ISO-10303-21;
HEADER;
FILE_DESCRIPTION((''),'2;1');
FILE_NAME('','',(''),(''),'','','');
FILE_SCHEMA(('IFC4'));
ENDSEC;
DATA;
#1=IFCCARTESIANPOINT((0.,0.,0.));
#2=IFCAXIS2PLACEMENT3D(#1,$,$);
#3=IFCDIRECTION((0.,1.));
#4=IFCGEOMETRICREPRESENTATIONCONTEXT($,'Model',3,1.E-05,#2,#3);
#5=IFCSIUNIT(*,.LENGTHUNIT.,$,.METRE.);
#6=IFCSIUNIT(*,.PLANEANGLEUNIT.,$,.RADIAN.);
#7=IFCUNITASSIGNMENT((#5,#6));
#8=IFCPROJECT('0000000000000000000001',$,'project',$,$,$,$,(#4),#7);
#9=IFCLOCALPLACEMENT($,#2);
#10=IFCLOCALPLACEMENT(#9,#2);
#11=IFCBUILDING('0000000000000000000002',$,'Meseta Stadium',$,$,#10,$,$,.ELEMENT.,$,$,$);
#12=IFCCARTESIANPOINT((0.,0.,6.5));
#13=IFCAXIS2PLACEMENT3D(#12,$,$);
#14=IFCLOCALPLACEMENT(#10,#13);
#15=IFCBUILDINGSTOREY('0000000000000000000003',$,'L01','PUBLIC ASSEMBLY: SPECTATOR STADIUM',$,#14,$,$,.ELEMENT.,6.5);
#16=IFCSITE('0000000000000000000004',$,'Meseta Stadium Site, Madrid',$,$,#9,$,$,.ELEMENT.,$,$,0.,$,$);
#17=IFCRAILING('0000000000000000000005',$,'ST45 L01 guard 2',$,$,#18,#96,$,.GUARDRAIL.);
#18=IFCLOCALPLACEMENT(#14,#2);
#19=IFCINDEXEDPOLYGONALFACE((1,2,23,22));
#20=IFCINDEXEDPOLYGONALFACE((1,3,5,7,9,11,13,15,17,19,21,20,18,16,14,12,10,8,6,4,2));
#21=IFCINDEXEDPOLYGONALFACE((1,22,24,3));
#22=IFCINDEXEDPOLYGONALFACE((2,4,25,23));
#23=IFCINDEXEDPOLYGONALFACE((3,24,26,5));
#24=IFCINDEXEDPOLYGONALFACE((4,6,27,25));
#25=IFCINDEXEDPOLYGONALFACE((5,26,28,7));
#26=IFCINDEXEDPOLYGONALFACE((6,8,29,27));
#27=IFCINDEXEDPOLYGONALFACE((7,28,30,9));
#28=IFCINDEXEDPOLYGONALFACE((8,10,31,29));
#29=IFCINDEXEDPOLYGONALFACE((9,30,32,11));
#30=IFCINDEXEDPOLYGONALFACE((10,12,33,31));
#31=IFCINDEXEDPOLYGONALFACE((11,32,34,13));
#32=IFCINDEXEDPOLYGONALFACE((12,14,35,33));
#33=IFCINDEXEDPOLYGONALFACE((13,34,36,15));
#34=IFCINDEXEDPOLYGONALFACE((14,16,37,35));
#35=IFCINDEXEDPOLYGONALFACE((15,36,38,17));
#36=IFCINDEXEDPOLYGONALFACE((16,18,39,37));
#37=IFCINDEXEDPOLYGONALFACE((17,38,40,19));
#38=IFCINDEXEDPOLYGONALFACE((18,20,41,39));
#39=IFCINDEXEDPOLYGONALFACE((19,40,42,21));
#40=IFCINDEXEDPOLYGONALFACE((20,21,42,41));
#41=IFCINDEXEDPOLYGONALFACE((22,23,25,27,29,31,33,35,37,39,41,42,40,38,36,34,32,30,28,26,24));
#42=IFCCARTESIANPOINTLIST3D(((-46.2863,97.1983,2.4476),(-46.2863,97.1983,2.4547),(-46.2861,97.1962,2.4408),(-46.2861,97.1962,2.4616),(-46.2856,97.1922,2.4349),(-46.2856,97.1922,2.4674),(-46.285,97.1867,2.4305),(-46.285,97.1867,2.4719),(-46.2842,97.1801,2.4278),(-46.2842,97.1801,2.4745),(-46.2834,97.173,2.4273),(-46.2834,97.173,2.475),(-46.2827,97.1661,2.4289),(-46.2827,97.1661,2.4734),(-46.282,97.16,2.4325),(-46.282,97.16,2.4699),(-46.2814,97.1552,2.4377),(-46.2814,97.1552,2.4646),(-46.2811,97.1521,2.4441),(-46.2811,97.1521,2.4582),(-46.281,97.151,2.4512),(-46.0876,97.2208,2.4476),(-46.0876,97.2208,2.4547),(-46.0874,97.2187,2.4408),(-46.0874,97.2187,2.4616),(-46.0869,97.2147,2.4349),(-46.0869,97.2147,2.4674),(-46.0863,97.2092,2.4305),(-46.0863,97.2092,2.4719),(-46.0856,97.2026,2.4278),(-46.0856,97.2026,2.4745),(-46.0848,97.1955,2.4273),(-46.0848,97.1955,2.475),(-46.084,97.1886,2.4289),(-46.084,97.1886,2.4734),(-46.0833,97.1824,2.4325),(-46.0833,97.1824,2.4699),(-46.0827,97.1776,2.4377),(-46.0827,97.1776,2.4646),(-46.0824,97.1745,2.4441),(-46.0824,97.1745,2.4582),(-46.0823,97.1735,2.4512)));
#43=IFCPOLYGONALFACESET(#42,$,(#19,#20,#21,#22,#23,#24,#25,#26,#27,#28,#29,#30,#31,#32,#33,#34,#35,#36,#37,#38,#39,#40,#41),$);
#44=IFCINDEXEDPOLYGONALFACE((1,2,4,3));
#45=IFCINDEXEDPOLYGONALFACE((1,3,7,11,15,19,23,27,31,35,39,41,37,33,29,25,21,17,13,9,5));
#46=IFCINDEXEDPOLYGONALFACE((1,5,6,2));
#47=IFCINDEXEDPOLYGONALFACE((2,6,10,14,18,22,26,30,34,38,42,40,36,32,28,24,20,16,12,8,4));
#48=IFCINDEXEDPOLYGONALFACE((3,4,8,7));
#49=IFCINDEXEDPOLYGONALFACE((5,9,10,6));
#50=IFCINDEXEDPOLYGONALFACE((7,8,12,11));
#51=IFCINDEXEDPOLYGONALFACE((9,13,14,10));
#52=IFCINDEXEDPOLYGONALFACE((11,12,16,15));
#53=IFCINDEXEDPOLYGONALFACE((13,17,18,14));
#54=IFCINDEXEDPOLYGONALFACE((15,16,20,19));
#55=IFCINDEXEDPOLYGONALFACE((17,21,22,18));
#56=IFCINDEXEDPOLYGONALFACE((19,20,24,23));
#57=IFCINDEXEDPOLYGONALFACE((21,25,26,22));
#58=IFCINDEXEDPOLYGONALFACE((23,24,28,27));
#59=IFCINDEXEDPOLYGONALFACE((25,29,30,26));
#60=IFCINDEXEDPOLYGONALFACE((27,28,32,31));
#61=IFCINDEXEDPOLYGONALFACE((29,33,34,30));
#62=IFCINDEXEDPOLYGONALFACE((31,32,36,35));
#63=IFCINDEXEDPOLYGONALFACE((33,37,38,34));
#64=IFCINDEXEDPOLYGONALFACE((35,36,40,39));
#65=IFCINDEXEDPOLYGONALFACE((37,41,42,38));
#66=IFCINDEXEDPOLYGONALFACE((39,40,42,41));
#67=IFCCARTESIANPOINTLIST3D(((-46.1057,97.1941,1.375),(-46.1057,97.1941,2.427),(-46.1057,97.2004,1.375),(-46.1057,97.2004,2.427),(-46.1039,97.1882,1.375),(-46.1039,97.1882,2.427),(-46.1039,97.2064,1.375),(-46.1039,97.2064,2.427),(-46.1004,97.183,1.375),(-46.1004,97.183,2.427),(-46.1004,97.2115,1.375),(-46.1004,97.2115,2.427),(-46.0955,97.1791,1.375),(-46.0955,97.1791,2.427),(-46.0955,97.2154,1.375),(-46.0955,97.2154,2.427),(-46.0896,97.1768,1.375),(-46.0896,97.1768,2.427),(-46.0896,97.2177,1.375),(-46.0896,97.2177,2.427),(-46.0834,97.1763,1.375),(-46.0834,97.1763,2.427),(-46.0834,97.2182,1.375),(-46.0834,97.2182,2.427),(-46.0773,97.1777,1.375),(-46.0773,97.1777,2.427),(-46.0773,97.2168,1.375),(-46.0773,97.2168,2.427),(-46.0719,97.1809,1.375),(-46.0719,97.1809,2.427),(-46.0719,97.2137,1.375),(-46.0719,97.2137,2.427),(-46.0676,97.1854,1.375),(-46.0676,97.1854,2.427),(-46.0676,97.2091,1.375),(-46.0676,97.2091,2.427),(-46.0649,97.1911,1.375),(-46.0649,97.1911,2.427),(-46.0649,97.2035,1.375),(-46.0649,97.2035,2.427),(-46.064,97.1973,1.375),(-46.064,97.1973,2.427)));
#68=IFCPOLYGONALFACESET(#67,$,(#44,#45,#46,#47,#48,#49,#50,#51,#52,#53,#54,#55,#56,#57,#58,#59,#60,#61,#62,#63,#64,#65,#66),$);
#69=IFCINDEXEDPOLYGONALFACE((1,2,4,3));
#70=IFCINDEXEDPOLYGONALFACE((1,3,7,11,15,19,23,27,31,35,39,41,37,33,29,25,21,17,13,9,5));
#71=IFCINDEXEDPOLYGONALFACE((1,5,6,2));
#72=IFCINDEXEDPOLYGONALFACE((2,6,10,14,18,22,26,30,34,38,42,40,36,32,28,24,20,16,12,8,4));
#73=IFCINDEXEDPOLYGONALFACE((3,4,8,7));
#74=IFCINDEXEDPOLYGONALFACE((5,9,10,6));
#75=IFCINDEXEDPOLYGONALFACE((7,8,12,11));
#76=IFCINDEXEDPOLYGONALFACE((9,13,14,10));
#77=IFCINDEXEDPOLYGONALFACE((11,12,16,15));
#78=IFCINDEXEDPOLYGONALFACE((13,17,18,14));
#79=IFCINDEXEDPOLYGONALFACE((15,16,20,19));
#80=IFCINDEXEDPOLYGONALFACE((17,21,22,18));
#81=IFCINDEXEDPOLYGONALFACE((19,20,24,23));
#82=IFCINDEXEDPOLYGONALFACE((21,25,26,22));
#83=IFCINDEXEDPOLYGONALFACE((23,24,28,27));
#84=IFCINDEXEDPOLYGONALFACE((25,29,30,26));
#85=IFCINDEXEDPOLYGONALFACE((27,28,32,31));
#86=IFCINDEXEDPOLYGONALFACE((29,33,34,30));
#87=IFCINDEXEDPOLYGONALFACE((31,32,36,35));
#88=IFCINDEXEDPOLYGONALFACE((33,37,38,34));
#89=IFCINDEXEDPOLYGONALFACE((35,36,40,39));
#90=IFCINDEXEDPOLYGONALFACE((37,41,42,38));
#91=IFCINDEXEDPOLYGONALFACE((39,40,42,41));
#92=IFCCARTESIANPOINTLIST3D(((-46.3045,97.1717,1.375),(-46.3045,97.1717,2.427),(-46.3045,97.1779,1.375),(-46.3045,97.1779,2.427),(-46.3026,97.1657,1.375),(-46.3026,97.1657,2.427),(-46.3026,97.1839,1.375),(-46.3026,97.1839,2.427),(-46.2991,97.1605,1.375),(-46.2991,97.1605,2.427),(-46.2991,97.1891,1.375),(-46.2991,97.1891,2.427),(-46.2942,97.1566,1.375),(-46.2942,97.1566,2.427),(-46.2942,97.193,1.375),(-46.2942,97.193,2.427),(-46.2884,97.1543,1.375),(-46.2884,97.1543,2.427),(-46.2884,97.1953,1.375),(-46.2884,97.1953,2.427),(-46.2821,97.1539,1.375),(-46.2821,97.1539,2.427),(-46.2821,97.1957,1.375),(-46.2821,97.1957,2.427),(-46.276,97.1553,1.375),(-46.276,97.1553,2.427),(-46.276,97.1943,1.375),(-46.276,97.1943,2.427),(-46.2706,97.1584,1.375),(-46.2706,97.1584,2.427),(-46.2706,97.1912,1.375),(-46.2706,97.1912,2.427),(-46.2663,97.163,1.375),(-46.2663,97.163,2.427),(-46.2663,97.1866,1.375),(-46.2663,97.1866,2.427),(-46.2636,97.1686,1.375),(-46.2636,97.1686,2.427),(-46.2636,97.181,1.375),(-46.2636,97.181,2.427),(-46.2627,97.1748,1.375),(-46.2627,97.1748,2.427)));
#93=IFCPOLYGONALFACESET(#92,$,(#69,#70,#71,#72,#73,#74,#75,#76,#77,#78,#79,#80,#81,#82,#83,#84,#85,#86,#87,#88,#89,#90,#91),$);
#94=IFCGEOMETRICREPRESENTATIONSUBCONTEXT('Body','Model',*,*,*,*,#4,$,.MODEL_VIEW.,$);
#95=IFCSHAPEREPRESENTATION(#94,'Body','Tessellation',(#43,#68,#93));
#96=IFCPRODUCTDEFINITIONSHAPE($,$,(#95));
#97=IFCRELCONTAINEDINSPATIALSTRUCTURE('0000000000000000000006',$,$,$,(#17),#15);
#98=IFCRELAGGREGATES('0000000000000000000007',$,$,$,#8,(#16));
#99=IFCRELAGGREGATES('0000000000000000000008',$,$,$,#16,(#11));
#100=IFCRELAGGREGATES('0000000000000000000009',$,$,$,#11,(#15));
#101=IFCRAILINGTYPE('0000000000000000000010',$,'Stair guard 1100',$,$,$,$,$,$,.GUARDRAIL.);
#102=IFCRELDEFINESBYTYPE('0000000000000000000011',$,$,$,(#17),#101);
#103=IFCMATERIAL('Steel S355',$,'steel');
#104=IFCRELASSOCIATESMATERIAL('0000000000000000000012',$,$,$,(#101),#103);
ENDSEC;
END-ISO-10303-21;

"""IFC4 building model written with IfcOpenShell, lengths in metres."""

from ifc_helpers import new_model, si_unit, direction, frame, origin, origin_2d, place, context, subcontext, project, spatial, circle, extrude, material, type_object, element, save


model = new_model("IFC4")

# Units and contexts
model_context = context("Model", 3, precision=1e-05, world=origin(), true_north=direction((0.0, 1.0)))
body_context = subcontext(model_context, "Body", "Model", "MODEL_VIEW")
ifc_project = project(units=[si_unit("LENGTHUNIT", "METRE"), si_unit("PLANEANGLEUNIT", "RADIAN")], contexts=[model_context])

# Site, building, storey
site_placement = place(None, origin())
site = spatial("IfcSite", under=ifc_project, at=site_placement, Name="Meseta Stadium Site, Madrid", CompositionType="ELEMENT", RefElevation=0.0)
building_placement = place(site_placement, origin())
building = spatial("IfcBuilding", under=site, at=building_placement, Name="Meseta Stadium", CompositionType="ELEMENT")
storey_placement = place(building_placement, frame((0.0, 0.0, 6.5)))
storey = spatial("IfcBuildingStorey", under=building, at=storey_placement, Name="L01", Description="PUBLIC ASSEMBLY: SPECTATOR STADIUM", CompositionType="ELEMENT", Elevation=6.5)

# Railing
ifc_material_1 = material(Name="Steel S355", Category="steel")
railing_type_1 = type_object("IfcRailingType", Name="Stair guard 1100", PredefinedType="GUARDRAIL", material=ifc_material_1)
railing_1_placement = place(storey_placement, frame((-46.085, 97.1973, 1.375)))
element("IfcRailing", 1, at=railing_1_placement, inside=storey, type_object=railing_type_1, Name="ST45 L01 guard 2", PredefinedType="GUARDRAIL", context=body_context, shape_type="SweptSolid", body=[
    extrude(circle(Radius=0.0239, at=origin_2d()), frame((0.0, 0.0, 1.0762), z_axis=(-0.993674, -0.112307, 0.0), x_axis=(0.112307, -0.993674, 0.0)), (0.0, 0.0, 1.0), 0.2),
    extrude(circle(Radius=0.021, at=origin_2d()), origin(), (0.0, 0.0, 1.0), 1.052),
    extrude(circle(Radius=0.021, at=origin_2d()), frame((-0.1987, -0.0225, 0.0)), (0.0, 0.0, 1.0), 1.052),
])

save(model, "model.ifc")
